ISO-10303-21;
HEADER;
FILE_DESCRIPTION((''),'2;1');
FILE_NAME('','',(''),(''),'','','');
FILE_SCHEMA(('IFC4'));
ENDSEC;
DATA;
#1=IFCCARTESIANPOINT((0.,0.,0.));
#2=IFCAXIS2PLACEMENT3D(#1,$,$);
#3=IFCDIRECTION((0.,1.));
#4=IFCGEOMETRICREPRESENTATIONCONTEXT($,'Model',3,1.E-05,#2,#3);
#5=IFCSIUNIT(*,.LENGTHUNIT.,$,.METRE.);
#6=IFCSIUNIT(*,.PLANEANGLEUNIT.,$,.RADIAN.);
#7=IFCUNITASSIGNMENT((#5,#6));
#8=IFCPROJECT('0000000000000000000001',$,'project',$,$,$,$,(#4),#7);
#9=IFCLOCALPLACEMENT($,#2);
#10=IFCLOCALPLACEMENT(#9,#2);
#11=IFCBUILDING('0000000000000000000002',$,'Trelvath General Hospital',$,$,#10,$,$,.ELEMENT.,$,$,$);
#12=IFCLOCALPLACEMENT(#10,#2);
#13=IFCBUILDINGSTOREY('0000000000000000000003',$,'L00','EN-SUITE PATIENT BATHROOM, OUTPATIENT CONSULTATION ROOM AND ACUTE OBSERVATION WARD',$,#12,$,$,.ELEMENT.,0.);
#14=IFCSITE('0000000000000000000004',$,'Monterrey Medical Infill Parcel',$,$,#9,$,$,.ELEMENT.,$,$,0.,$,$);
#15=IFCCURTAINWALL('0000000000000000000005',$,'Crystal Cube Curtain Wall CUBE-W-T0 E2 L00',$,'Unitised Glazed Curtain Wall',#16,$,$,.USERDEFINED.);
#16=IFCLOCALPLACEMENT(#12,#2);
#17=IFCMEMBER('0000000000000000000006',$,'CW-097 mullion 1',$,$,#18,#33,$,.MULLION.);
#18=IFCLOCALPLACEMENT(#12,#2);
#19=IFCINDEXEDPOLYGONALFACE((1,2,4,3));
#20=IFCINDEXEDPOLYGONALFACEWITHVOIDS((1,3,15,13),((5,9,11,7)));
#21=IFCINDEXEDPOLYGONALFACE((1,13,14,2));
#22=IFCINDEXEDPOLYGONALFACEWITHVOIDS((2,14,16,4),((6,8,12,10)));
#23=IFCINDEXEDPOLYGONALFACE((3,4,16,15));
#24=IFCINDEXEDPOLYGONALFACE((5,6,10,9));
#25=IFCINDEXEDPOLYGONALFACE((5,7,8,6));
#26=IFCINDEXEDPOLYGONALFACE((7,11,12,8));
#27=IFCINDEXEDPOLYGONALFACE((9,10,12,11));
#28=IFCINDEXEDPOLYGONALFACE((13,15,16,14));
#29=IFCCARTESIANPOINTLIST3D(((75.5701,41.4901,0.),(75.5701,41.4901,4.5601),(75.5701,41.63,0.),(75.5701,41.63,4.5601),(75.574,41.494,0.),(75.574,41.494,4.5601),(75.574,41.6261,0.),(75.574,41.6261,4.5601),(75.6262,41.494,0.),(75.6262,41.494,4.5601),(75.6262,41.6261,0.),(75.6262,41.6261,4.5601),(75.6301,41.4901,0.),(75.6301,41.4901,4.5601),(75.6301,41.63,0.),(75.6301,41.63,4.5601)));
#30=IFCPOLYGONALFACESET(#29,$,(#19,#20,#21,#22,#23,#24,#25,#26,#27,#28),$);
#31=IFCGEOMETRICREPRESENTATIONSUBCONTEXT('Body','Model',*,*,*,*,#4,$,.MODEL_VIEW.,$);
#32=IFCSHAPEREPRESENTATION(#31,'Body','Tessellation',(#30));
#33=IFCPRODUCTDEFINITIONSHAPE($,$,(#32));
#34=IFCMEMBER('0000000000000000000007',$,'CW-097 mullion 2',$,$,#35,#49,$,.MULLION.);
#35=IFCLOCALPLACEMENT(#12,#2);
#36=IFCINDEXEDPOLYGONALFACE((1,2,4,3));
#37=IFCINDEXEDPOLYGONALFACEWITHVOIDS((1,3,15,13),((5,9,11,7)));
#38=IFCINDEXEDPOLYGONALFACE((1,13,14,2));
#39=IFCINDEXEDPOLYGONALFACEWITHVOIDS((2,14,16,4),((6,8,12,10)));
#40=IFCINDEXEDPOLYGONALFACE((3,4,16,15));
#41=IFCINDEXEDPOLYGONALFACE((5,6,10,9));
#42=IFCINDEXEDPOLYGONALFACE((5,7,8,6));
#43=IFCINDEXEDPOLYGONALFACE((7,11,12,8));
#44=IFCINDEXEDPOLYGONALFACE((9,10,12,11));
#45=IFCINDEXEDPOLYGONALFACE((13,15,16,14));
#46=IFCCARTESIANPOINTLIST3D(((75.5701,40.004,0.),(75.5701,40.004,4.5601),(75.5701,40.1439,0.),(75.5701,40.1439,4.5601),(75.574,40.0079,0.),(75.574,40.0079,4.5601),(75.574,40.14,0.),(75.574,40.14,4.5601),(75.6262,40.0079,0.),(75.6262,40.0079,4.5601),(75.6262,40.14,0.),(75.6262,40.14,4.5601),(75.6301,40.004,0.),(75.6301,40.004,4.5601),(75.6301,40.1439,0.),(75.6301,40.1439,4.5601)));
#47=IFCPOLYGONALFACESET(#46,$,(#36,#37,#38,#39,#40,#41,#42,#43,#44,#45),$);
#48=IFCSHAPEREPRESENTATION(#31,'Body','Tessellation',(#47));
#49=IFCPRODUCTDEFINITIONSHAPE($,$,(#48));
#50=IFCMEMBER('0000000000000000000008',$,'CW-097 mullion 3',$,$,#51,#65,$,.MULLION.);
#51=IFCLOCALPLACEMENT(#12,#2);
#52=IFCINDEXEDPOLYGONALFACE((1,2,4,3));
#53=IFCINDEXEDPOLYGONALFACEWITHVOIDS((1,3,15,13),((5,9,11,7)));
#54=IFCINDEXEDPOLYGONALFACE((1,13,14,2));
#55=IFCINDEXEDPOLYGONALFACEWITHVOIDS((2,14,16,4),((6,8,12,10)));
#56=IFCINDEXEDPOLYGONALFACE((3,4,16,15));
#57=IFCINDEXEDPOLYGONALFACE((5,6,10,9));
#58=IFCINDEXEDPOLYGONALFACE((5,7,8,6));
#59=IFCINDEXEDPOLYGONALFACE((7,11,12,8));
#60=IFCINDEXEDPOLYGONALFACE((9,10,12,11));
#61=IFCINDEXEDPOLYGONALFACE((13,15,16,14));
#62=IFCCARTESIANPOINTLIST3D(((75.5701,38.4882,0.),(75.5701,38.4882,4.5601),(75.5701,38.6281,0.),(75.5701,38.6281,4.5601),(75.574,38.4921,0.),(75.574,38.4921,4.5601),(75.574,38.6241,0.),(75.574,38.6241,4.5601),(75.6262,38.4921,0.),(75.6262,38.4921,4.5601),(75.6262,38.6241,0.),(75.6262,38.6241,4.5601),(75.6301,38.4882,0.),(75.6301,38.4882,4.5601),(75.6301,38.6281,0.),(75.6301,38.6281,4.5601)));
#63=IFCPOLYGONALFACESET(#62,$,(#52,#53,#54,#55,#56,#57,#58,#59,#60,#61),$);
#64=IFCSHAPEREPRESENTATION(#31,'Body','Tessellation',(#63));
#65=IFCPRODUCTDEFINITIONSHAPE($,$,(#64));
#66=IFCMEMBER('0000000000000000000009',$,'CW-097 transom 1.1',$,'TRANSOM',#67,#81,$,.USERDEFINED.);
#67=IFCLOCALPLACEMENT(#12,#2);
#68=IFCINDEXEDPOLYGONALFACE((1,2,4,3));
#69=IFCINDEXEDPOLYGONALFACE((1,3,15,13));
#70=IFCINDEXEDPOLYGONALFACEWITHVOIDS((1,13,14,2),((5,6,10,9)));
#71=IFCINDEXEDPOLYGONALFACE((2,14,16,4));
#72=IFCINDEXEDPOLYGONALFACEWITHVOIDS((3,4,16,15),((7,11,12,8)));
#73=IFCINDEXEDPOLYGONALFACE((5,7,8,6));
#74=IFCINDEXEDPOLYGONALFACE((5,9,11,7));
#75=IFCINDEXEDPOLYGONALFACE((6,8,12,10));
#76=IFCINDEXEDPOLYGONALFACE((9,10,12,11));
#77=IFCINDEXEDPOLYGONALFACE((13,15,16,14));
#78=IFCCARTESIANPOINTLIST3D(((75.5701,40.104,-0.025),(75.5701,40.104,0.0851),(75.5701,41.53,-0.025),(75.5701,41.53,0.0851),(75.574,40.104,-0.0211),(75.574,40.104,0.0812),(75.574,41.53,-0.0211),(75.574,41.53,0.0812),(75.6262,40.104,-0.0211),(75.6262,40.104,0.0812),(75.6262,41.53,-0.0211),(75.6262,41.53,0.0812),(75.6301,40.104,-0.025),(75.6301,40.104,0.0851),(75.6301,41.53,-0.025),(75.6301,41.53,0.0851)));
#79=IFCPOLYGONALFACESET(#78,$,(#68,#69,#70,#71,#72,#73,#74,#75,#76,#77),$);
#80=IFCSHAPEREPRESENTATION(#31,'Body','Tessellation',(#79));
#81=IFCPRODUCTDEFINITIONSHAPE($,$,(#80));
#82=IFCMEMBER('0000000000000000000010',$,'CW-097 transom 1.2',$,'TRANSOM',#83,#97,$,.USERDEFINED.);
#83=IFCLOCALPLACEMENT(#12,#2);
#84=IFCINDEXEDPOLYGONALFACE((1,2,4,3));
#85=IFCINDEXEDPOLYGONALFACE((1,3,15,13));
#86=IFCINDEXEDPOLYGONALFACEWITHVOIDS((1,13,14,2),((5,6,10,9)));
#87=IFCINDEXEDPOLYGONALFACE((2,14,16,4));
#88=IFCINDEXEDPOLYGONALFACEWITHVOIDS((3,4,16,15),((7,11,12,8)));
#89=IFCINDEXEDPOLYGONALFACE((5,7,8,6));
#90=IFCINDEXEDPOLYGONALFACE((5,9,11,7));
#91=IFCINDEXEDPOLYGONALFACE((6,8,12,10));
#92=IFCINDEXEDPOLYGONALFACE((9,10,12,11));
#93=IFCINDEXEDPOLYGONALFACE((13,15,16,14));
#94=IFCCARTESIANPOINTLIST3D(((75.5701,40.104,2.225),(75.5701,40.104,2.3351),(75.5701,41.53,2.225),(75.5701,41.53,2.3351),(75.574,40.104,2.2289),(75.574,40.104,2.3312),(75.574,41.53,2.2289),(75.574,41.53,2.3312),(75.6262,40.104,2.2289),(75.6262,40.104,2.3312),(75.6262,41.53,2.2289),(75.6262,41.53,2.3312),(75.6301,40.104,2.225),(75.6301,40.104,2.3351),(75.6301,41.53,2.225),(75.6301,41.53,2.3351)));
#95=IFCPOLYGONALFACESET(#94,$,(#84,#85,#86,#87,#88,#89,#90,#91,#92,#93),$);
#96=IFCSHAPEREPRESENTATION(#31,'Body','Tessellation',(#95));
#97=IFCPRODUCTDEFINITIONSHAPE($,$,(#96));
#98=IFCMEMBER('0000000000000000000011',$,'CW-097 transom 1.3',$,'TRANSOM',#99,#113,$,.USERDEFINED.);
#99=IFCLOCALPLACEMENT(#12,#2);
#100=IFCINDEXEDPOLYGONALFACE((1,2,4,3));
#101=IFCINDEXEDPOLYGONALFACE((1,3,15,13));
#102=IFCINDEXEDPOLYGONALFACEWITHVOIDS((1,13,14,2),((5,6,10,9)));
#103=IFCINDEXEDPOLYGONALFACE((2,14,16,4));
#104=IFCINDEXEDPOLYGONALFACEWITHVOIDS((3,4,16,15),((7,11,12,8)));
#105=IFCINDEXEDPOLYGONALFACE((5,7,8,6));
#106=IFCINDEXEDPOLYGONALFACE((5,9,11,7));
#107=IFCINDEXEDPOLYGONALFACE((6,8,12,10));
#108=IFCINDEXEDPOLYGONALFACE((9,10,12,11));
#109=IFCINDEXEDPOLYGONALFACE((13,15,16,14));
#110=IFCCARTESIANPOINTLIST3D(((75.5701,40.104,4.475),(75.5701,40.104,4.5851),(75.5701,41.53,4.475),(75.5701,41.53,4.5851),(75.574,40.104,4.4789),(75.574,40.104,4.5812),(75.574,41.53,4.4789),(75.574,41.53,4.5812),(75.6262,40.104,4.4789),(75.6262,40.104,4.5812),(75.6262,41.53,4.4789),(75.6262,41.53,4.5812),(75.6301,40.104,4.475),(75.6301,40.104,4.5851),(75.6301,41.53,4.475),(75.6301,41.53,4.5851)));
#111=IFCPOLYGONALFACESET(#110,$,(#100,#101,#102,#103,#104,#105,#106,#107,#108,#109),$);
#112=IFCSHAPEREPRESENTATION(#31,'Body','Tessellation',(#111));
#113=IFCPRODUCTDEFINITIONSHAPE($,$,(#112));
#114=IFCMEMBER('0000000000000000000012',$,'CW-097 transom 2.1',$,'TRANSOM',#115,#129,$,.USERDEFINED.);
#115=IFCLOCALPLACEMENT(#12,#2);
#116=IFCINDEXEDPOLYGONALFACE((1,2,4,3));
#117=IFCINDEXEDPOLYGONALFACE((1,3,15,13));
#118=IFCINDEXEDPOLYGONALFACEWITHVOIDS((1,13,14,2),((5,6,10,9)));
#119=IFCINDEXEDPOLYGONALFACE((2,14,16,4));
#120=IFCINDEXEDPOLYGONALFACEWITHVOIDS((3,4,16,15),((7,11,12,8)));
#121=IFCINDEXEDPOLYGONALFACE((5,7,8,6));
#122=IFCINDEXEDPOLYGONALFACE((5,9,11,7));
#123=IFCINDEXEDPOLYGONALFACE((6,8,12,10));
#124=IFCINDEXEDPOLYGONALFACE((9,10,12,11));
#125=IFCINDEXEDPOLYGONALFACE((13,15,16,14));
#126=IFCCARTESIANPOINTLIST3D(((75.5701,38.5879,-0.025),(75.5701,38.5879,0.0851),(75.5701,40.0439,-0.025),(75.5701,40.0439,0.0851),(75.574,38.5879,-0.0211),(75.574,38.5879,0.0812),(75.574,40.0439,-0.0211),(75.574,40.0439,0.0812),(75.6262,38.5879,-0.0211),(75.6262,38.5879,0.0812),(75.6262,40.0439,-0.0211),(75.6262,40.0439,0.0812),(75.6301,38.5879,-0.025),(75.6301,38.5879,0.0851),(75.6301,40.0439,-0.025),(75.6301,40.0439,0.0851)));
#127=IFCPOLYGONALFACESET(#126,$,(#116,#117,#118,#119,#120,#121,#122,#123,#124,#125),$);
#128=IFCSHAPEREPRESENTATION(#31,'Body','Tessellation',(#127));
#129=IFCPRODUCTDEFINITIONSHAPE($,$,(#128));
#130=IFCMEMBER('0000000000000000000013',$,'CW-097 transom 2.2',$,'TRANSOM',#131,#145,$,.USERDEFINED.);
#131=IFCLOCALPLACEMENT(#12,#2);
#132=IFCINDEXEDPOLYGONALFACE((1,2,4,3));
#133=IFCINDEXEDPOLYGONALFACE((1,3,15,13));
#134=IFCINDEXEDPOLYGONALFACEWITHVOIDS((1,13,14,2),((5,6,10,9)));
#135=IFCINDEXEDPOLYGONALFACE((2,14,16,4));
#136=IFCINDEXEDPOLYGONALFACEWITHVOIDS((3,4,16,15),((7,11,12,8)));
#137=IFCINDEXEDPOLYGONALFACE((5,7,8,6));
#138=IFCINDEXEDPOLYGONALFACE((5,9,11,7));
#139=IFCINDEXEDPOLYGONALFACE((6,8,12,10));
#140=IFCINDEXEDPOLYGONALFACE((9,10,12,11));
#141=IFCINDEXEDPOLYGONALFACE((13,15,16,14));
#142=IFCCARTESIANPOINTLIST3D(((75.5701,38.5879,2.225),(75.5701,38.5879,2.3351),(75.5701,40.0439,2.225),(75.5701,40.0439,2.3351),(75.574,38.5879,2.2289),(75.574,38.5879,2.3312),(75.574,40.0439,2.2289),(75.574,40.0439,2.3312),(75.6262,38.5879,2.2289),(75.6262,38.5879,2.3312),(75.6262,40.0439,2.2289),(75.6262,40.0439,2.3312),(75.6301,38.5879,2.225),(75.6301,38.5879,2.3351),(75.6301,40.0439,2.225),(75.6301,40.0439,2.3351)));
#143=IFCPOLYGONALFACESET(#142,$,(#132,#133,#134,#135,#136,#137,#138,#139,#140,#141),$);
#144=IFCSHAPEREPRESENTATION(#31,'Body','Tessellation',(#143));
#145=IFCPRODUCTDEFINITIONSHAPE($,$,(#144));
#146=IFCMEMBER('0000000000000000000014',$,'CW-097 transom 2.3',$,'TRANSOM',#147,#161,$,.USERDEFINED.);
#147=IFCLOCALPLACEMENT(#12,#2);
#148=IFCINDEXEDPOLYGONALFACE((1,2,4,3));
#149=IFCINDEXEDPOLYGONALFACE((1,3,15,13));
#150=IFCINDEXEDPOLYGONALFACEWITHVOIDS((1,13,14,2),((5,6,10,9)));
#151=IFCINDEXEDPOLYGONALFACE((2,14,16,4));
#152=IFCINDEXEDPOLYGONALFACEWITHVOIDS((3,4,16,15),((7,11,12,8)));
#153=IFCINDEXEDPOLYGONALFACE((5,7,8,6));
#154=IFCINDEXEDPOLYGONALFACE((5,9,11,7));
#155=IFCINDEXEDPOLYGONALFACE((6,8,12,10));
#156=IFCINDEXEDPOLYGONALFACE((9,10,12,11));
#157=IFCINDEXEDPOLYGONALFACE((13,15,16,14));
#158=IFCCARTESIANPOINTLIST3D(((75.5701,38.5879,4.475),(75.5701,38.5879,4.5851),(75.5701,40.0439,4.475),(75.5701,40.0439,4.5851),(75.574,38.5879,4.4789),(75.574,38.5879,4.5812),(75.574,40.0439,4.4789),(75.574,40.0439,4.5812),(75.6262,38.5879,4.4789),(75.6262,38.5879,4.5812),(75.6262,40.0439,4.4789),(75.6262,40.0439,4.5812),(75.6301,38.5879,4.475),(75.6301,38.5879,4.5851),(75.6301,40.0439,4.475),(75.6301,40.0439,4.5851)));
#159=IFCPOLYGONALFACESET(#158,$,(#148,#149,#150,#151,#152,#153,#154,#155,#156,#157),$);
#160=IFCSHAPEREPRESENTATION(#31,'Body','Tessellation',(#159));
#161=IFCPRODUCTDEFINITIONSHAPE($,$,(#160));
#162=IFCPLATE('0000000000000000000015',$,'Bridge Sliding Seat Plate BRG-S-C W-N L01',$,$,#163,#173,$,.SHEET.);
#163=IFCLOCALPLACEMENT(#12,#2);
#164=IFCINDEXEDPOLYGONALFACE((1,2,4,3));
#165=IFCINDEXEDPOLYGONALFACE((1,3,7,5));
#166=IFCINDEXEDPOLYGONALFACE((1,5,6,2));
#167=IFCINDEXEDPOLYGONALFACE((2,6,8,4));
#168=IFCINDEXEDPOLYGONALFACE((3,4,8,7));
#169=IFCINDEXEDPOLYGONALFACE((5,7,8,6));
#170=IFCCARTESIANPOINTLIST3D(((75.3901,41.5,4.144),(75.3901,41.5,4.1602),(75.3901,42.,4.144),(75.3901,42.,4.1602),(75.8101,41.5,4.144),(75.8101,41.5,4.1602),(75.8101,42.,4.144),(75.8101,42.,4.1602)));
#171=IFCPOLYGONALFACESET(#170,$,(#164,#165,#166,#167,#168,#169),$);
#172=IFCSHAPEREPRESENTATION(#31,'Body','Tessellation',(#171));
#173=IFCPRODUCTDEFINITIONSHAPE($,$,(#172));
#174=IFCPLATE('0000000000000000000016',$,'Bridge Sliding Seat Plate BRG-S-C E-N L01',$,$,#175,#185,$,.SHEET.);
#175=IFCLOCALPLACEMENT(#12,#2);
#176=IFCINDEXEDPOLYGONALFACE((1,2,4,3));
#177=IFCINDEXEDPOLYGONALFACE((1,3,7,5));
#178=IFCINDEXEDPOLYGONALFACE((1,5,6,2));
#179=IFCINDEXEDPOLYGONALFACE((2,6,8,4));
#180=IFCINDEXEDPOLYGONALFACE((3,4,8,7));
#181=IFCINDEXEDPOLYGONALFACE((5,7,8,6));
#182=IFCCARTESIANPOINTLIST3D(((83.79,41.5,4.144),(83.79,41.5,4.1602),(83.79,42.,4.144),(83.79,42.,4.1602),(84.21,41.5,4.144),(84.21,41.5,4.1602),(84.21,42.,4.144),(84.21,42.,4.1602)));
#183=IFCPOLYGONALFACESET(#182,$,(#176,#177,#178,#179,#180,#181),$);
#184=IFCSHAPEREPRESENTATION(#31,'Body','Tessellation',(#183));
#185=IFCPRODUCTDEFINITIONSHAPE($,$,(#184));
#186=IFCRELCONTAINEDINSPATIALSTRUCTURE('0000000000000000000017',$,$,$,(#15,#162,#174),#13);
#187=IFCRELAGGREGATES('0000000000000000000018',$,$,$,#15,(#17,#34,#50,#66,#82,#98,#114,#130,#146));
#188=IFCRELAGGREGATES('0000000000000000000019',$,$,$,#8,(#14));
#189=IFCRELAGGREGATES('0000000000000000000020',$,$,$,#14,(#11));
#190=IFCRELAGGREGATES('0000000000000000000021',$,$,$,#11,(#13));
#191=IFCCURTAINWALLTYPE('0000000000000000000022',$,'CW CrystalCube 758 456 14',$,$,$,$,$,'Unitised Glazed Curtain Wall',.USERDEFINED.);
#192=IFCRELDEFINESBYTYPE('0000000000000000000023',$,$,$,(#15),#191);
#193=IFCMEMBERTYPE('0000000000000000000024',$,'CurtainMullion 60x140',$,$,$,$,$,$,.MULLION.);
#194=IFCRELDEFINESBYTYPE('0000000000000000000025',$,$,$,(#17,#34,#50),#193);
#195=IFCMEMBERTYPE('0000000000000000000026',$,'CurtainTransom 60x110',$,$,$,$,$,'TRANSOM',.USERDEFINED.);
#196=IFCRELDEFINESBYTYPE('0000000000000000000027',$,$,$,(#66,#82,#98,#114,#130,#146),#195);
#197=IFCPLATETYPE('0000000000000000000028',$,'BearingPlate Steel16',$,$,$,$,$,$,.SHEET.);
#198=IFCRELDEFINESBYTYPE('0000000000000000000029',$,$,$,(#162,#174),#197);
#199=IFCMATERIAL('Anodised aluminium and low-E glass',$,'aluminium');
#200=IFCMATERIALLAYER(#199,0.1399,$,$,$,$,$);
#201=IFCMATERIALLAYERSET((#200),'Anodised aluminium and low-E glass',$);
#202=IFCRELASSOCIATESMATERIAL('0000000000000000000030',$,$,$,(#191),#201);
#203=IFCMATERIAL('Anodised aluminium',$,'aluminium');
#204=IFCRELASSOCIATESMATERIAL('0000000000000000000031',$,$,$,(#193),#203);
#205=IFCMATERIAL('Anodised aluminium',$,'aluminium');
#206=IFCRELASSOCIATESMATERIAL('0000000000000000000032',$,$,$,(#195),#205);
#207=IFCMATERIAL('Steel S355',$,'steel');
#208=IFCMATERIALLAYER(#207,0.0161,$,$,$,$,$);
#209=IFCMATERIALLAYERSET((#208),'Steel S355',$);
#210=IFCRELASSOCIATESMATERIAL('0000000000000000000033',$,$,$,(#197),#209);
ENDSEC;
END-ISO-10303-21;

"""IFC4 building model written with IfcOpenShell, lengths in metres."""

from ifc_helpers import new_model, si_unit, direction, frame, origin, origin_2d, place, context, subcontext, project, spatial, rectangle, hollow_rectangle, extrude, material, layer, layer_set, material_profile, profile_set, type_object, element, aggregate, save


model = new_model("IFC4")

# Units and contexts
model_context = context("Model", 3, precision=1e-05, world=origin(), true_north=direction((0.0, 1.0)))
body_context = subcontext(model_context, "Body", "Model", "MODEL_VIEW")
ifc_project = project(units=[si_unit("LENGTHUNIT", "METRE"), si_unit("PLANEANGLEUNIT", "RADIAN")], contexts=[model_context])

# Site, building, storey
site_placement = place(None, origin())
site = spatial("IfcSite", under=ifc_project, at=site_placement, Name="Monterrey Medical Infill Parcel", CompositionType="ELEMENT", RefElevation=0.0)
building_placement = place(site_placement, origin())
building = spatial("IfcBuilding", under=site, at=building_placement, Name="Trelvath General Hospital", CompositionType="ELEMENT")
storey_placement = place(building_placement, origin())
storey = spatial("IfcBuildingStorey", under=building, at=storey_placement, Name="L00", Description="EN-SUITE PATIENT BATHROOM, OUTPATIENT CONSULTATION ROOM AND ACUTE OBSERVATION WARD", CompositionType="ELEMENT", Elevation=0.0)

# Curtain wall, members
ifc_material_1 = material(Name="Anodised aluminium and low-E glass", Category="aluminium")
ifc_layer_1 = layer(ifc_material_1, 0.1399)
ifc_layer_set_1 = layer_set([ifc_layer_1], Name="Anodised aluminium and low-E glass")
curtain_wall_type = type_object("IfcCurtainWallType", Name="CW CrystalCube 758 456 14", ElementType="Unitised Glazed Curtain Wall", PredefinedType="USERDEFINED", material=ifc_layer_set_1)
curtain_wall_placement = place(storey_placement, origin())
curtain_wall = element("IfcCurtainWall", 1, at=curtain_wall_placement, inside=storey, type_object=curtain_wall_type, Name="Crystal Cube Curtain Wall CUBE-W-T0 E2 L00", ObjectType="Unitised Glazed Curtain Wall", PredefinedType="USERDEFINED")
ifc_material_2 = material(Name="Anodised aluminium", Category="aluminium")
ifc_material_profile_1 = material_profile(ifc_material_2, hollow_rectangle(XDim=0.0601, YDim=0.1399, WallThickness=0.0039, at=origin_2d()), Name="RHS60x140x4")
ifc_profile_set_1 = profile_set([ifc_material_profile_1], Name="Anodised aluminium")
member_type_1 = type_object("IfcMemberType", Name="CurtainMullion 60x140", PredefinedType="MULLION", material=ifc_profile_set_1)
member_1_placement = place(storey_placement, frame((75.6001, 41.5601, 0.0), z_axis=(0.0, 0.0, 1.0), x_axis=(1.0, 0.0, 0.0)))
member_1 = element("IfcMember", 2, at=member_1_placement, type_object=member_type_1, Name="CW-097 mullion 1", PredefinedType="MULLION", context=body_context, shape_type="SweptSolid", body=[
    extrude(hollow_rectangle(XDim=0.0601, YDim=0.1399, WallThickness=0.0039, at=origin_2d()), origin(), (0.0, 0.0, 1.0), 4.5601),
])
member_2_placement = place(storey_placement, frame((75.6001, 40.074, 0.0), z_axis=(0.0, 0.0, 1.0), x_axis=(1.0, 0.0, 0.0)))
member_2 = element("IfcMember", 3, at=member_2_placement, type_object=member_type_1, Name="CW-097 mullion 2", PredefinedType="MULLION", context=body_context, shape_type="SweptSolid", body=[
    extrude(hollow_rectangle(XDim=0.0601, YDim=0.1399, WallThickness=0.0039, at=origin_2d()), origin(), (0.0, 0.0, 1.0), 4.5601),
])
member_3_placement = place(storey_placement, frame((75.6001, 38.5581, 0.0), z_axis=(0.0, 0.0, 1.0), x_axis=(1.0, 0.0, 0.0)))
member_3 = element("IfcMember", 4, at=member_3_placement, type_object=member_type_1, Name="CW-097 mullion 3", PredefinedType="MULLION", context=body_context, shape_type="SweptSolid", body=[
    extrude(hollow_rectangle(XDim=0.0601, YDim=0.1399, WallThickness=0.0039, at=origin_2d()), origin(), (0.0, 0.0, 1.0), 4.5601),
])
ifc_material_3 = material(Name="Anodised aluminium", Category="aluminium")
ifc_material_profile_2 = material_profile(ifc_material_3, hollow_rectangle(XDim=0.0601, YDim=0.1101, WallThickness=0.0039, at=origin_2d()), Name="RHS60x110x4")
ifc_profile_set_2 = profile_set([ifc_material_profile_2], Name="Anodised aluminium")
member_type_2 = type_object("IfcMemberType", Name="CurtainTransom 60x110", ElementType="TRANSOM", PredefinedType="USERDEFINED", material=ifc_profile_set_2)
member_4_placement = place(storey_placement, frame((75.6001, 41.53, 0.03), z_axis=(0.0, -1.0, 0.0), x_axis=(1.0, 0.0, 0.0)))
member_4 = element("IfcMember", 5, at=member_4_placement, type_object=member_type_2, Name="CW-097 transom 1.1", ObjectType="TRANSOM", PredefinedType="USERDEFINED", context=body_context, shape_type="SweptSolid", body=[
    extrude(hollow_rectangle(XDim=0.0601, YDim=0.1101, WallThickness=0.0039, at=origin_2d()), origin(), (0.0, 0.0, 1.0), 1.426),
])
member_5_placement = place(storey_placement, frame((75.6001, 41.53, 2.28), z_axis=(0.0, -1.0, 0.0), x_axis=(1.0, 0.0, 0.0)))
member_5 = element("IfcMember", 6, at=member_5_placement, type_object=member_type_2, Name="CW-097 transom 1.2", ObjectType="TRANSOM", PredefinedType="USERDEFINED", context=body_context, shape_type="SweptSolid", body=[
    extrude(hollow_rectangle(XDim=0.0601, YDim=0.1101, WallThickness=0.0039, at=origin_2d()), origin(), (0.0, 0.0, 1.0), 1.426),
])
member_6_placement = place(storey_placement, frame((75.6001, 41.53, 4.53), z_axis=(0.0, -1.0, 0.0), x_axis=(1.0, 0.0, 0.0)))
member_6 = element("IfcMember", 7, at=member_6_placement, type_object=member_type_2, Name="CW-097 transom 1.3", ObjectType="TRANSOM", PredefinedType="USERDEFINED", context=body_context, shape_type="SweptSolid", body=[
    extrude(hollow_rectangle(XDim=0.0601, YDim=0.1101, WallThickness=0.0039, at=origin_2d()), origin(), (0.0, 0.0, 1.0), 1.426),
])
member_7_placement = place(storey_placement, frame((75.6001, 40.0439, 0.03), z_axis=(0.0, -1.0, 0.0), x_axis=(1.0, 0.0, 0.0)))
member_7 = element("IfcMember", 8, at=member_7_placement, type_object=member_type_2, Name="CW-097 transom 2.1", ObjectType="TRANSOM", PredefinedType="USERDEFINED", context=body_context, shape_type="SweptSolid", body=[
    extrude(hollow_rectangle(XDim=0.0601, YDim=0.1101, WallThickness=0.0039, at=origin_2d()), origin(), (0.0, 0.0, 1.0), 1.4561),
])
member_8_placement = place(storey_placement, frame((75.6001, 40.0439, 2.28), z_axis=(0.0, -1.0, 0.0), x_axis=(1.0, 0.0, 0.0)))
member_8 = element("IfcMember", 9, at=member_8_placement, type_object=member_type_2, Name="CW-097 transom 2.2", ObjectType="TRANSOM", PredefinedType="USERDEFINED", context=body_context, shape_type="SweptSolid", body=[
    extrude(hollow_rectangle(XDim=0.0601, YDim=0.1101, WallThickness=0.0039, at=origin_2d()), origin(), (0.0, 0.0, 1.0), 1.4561),
])
member_9_placement = place(storey_placement, frame((75.6001, 40.0439, 4.53), z_axis=(0.0, -1.0, 0.0), x_axis=(1.0, 0.0, 0.0)))
member_9 = element("IfcMember", 10, at=member_9_placement, type_object=member_type_2, Name="CW-097 transom 2.3", ObjectType="TRANSOM", PredefinedType="USERDEFINED", context=body_context, shape_type="SweptSolid", body=[
    extrude(hollow_rectangle(XDim=0.0601, YDim=0.1101, WallThickness=0.0039, at=origin_2d()), origin(), (0.0, 0.0, 1.0), 1.4561),
])

# Plates
ifc_material_4 = material(Name="Steel S355", Category="steel")
ifc_layer_2 = layer(ifc_material_4, 0.0161)
ifc_layer_set_2 = layer_set([ifc_layer_2], Name="Steel S355")
plate_type_1 = type_object("IfcPlateType", Name="BearingPlate Steel16", PredefinedType="SHEET", material=ifc_layer_set_2)
for number, where, z_axis, x_axis, name in (
    (11, (75.6001, 41.75, 4.144), (0.0, 0.0, 1.0), (1.0, 0.0, 0.0), "Bridge Sliding Seat Plate BRG-S-C W-N L01"),
    (12, (84.0, 41.75, 4.144), (0.0, 0.0, 1.0), (1.0, 0.0, 0.0), "Bridge Sliding Seat Plate BRG-S-C E-N L01"),
):
    element("IfcPlate", number, at=place(storey_placement, frame(where, z_axis=z_axis, x_axis=x_axis)), inside=storey, type_object=plate_type_1, Name=name, PredefinedType="SHEET", context=body_context, shape_type="SweptSolid", body=[
        extrude(rectangle(XDim=0.4199, YDim=0.5, at=origin_2d()), origin(), (0.0, 0.0, 1.0), 0.0161),
    ])

aggregate(curtain_wall, [member_1, member_2, member_3, member_4, member_5, member_6, member_7, member_8, member_9])

save(model, "model.ifc")
